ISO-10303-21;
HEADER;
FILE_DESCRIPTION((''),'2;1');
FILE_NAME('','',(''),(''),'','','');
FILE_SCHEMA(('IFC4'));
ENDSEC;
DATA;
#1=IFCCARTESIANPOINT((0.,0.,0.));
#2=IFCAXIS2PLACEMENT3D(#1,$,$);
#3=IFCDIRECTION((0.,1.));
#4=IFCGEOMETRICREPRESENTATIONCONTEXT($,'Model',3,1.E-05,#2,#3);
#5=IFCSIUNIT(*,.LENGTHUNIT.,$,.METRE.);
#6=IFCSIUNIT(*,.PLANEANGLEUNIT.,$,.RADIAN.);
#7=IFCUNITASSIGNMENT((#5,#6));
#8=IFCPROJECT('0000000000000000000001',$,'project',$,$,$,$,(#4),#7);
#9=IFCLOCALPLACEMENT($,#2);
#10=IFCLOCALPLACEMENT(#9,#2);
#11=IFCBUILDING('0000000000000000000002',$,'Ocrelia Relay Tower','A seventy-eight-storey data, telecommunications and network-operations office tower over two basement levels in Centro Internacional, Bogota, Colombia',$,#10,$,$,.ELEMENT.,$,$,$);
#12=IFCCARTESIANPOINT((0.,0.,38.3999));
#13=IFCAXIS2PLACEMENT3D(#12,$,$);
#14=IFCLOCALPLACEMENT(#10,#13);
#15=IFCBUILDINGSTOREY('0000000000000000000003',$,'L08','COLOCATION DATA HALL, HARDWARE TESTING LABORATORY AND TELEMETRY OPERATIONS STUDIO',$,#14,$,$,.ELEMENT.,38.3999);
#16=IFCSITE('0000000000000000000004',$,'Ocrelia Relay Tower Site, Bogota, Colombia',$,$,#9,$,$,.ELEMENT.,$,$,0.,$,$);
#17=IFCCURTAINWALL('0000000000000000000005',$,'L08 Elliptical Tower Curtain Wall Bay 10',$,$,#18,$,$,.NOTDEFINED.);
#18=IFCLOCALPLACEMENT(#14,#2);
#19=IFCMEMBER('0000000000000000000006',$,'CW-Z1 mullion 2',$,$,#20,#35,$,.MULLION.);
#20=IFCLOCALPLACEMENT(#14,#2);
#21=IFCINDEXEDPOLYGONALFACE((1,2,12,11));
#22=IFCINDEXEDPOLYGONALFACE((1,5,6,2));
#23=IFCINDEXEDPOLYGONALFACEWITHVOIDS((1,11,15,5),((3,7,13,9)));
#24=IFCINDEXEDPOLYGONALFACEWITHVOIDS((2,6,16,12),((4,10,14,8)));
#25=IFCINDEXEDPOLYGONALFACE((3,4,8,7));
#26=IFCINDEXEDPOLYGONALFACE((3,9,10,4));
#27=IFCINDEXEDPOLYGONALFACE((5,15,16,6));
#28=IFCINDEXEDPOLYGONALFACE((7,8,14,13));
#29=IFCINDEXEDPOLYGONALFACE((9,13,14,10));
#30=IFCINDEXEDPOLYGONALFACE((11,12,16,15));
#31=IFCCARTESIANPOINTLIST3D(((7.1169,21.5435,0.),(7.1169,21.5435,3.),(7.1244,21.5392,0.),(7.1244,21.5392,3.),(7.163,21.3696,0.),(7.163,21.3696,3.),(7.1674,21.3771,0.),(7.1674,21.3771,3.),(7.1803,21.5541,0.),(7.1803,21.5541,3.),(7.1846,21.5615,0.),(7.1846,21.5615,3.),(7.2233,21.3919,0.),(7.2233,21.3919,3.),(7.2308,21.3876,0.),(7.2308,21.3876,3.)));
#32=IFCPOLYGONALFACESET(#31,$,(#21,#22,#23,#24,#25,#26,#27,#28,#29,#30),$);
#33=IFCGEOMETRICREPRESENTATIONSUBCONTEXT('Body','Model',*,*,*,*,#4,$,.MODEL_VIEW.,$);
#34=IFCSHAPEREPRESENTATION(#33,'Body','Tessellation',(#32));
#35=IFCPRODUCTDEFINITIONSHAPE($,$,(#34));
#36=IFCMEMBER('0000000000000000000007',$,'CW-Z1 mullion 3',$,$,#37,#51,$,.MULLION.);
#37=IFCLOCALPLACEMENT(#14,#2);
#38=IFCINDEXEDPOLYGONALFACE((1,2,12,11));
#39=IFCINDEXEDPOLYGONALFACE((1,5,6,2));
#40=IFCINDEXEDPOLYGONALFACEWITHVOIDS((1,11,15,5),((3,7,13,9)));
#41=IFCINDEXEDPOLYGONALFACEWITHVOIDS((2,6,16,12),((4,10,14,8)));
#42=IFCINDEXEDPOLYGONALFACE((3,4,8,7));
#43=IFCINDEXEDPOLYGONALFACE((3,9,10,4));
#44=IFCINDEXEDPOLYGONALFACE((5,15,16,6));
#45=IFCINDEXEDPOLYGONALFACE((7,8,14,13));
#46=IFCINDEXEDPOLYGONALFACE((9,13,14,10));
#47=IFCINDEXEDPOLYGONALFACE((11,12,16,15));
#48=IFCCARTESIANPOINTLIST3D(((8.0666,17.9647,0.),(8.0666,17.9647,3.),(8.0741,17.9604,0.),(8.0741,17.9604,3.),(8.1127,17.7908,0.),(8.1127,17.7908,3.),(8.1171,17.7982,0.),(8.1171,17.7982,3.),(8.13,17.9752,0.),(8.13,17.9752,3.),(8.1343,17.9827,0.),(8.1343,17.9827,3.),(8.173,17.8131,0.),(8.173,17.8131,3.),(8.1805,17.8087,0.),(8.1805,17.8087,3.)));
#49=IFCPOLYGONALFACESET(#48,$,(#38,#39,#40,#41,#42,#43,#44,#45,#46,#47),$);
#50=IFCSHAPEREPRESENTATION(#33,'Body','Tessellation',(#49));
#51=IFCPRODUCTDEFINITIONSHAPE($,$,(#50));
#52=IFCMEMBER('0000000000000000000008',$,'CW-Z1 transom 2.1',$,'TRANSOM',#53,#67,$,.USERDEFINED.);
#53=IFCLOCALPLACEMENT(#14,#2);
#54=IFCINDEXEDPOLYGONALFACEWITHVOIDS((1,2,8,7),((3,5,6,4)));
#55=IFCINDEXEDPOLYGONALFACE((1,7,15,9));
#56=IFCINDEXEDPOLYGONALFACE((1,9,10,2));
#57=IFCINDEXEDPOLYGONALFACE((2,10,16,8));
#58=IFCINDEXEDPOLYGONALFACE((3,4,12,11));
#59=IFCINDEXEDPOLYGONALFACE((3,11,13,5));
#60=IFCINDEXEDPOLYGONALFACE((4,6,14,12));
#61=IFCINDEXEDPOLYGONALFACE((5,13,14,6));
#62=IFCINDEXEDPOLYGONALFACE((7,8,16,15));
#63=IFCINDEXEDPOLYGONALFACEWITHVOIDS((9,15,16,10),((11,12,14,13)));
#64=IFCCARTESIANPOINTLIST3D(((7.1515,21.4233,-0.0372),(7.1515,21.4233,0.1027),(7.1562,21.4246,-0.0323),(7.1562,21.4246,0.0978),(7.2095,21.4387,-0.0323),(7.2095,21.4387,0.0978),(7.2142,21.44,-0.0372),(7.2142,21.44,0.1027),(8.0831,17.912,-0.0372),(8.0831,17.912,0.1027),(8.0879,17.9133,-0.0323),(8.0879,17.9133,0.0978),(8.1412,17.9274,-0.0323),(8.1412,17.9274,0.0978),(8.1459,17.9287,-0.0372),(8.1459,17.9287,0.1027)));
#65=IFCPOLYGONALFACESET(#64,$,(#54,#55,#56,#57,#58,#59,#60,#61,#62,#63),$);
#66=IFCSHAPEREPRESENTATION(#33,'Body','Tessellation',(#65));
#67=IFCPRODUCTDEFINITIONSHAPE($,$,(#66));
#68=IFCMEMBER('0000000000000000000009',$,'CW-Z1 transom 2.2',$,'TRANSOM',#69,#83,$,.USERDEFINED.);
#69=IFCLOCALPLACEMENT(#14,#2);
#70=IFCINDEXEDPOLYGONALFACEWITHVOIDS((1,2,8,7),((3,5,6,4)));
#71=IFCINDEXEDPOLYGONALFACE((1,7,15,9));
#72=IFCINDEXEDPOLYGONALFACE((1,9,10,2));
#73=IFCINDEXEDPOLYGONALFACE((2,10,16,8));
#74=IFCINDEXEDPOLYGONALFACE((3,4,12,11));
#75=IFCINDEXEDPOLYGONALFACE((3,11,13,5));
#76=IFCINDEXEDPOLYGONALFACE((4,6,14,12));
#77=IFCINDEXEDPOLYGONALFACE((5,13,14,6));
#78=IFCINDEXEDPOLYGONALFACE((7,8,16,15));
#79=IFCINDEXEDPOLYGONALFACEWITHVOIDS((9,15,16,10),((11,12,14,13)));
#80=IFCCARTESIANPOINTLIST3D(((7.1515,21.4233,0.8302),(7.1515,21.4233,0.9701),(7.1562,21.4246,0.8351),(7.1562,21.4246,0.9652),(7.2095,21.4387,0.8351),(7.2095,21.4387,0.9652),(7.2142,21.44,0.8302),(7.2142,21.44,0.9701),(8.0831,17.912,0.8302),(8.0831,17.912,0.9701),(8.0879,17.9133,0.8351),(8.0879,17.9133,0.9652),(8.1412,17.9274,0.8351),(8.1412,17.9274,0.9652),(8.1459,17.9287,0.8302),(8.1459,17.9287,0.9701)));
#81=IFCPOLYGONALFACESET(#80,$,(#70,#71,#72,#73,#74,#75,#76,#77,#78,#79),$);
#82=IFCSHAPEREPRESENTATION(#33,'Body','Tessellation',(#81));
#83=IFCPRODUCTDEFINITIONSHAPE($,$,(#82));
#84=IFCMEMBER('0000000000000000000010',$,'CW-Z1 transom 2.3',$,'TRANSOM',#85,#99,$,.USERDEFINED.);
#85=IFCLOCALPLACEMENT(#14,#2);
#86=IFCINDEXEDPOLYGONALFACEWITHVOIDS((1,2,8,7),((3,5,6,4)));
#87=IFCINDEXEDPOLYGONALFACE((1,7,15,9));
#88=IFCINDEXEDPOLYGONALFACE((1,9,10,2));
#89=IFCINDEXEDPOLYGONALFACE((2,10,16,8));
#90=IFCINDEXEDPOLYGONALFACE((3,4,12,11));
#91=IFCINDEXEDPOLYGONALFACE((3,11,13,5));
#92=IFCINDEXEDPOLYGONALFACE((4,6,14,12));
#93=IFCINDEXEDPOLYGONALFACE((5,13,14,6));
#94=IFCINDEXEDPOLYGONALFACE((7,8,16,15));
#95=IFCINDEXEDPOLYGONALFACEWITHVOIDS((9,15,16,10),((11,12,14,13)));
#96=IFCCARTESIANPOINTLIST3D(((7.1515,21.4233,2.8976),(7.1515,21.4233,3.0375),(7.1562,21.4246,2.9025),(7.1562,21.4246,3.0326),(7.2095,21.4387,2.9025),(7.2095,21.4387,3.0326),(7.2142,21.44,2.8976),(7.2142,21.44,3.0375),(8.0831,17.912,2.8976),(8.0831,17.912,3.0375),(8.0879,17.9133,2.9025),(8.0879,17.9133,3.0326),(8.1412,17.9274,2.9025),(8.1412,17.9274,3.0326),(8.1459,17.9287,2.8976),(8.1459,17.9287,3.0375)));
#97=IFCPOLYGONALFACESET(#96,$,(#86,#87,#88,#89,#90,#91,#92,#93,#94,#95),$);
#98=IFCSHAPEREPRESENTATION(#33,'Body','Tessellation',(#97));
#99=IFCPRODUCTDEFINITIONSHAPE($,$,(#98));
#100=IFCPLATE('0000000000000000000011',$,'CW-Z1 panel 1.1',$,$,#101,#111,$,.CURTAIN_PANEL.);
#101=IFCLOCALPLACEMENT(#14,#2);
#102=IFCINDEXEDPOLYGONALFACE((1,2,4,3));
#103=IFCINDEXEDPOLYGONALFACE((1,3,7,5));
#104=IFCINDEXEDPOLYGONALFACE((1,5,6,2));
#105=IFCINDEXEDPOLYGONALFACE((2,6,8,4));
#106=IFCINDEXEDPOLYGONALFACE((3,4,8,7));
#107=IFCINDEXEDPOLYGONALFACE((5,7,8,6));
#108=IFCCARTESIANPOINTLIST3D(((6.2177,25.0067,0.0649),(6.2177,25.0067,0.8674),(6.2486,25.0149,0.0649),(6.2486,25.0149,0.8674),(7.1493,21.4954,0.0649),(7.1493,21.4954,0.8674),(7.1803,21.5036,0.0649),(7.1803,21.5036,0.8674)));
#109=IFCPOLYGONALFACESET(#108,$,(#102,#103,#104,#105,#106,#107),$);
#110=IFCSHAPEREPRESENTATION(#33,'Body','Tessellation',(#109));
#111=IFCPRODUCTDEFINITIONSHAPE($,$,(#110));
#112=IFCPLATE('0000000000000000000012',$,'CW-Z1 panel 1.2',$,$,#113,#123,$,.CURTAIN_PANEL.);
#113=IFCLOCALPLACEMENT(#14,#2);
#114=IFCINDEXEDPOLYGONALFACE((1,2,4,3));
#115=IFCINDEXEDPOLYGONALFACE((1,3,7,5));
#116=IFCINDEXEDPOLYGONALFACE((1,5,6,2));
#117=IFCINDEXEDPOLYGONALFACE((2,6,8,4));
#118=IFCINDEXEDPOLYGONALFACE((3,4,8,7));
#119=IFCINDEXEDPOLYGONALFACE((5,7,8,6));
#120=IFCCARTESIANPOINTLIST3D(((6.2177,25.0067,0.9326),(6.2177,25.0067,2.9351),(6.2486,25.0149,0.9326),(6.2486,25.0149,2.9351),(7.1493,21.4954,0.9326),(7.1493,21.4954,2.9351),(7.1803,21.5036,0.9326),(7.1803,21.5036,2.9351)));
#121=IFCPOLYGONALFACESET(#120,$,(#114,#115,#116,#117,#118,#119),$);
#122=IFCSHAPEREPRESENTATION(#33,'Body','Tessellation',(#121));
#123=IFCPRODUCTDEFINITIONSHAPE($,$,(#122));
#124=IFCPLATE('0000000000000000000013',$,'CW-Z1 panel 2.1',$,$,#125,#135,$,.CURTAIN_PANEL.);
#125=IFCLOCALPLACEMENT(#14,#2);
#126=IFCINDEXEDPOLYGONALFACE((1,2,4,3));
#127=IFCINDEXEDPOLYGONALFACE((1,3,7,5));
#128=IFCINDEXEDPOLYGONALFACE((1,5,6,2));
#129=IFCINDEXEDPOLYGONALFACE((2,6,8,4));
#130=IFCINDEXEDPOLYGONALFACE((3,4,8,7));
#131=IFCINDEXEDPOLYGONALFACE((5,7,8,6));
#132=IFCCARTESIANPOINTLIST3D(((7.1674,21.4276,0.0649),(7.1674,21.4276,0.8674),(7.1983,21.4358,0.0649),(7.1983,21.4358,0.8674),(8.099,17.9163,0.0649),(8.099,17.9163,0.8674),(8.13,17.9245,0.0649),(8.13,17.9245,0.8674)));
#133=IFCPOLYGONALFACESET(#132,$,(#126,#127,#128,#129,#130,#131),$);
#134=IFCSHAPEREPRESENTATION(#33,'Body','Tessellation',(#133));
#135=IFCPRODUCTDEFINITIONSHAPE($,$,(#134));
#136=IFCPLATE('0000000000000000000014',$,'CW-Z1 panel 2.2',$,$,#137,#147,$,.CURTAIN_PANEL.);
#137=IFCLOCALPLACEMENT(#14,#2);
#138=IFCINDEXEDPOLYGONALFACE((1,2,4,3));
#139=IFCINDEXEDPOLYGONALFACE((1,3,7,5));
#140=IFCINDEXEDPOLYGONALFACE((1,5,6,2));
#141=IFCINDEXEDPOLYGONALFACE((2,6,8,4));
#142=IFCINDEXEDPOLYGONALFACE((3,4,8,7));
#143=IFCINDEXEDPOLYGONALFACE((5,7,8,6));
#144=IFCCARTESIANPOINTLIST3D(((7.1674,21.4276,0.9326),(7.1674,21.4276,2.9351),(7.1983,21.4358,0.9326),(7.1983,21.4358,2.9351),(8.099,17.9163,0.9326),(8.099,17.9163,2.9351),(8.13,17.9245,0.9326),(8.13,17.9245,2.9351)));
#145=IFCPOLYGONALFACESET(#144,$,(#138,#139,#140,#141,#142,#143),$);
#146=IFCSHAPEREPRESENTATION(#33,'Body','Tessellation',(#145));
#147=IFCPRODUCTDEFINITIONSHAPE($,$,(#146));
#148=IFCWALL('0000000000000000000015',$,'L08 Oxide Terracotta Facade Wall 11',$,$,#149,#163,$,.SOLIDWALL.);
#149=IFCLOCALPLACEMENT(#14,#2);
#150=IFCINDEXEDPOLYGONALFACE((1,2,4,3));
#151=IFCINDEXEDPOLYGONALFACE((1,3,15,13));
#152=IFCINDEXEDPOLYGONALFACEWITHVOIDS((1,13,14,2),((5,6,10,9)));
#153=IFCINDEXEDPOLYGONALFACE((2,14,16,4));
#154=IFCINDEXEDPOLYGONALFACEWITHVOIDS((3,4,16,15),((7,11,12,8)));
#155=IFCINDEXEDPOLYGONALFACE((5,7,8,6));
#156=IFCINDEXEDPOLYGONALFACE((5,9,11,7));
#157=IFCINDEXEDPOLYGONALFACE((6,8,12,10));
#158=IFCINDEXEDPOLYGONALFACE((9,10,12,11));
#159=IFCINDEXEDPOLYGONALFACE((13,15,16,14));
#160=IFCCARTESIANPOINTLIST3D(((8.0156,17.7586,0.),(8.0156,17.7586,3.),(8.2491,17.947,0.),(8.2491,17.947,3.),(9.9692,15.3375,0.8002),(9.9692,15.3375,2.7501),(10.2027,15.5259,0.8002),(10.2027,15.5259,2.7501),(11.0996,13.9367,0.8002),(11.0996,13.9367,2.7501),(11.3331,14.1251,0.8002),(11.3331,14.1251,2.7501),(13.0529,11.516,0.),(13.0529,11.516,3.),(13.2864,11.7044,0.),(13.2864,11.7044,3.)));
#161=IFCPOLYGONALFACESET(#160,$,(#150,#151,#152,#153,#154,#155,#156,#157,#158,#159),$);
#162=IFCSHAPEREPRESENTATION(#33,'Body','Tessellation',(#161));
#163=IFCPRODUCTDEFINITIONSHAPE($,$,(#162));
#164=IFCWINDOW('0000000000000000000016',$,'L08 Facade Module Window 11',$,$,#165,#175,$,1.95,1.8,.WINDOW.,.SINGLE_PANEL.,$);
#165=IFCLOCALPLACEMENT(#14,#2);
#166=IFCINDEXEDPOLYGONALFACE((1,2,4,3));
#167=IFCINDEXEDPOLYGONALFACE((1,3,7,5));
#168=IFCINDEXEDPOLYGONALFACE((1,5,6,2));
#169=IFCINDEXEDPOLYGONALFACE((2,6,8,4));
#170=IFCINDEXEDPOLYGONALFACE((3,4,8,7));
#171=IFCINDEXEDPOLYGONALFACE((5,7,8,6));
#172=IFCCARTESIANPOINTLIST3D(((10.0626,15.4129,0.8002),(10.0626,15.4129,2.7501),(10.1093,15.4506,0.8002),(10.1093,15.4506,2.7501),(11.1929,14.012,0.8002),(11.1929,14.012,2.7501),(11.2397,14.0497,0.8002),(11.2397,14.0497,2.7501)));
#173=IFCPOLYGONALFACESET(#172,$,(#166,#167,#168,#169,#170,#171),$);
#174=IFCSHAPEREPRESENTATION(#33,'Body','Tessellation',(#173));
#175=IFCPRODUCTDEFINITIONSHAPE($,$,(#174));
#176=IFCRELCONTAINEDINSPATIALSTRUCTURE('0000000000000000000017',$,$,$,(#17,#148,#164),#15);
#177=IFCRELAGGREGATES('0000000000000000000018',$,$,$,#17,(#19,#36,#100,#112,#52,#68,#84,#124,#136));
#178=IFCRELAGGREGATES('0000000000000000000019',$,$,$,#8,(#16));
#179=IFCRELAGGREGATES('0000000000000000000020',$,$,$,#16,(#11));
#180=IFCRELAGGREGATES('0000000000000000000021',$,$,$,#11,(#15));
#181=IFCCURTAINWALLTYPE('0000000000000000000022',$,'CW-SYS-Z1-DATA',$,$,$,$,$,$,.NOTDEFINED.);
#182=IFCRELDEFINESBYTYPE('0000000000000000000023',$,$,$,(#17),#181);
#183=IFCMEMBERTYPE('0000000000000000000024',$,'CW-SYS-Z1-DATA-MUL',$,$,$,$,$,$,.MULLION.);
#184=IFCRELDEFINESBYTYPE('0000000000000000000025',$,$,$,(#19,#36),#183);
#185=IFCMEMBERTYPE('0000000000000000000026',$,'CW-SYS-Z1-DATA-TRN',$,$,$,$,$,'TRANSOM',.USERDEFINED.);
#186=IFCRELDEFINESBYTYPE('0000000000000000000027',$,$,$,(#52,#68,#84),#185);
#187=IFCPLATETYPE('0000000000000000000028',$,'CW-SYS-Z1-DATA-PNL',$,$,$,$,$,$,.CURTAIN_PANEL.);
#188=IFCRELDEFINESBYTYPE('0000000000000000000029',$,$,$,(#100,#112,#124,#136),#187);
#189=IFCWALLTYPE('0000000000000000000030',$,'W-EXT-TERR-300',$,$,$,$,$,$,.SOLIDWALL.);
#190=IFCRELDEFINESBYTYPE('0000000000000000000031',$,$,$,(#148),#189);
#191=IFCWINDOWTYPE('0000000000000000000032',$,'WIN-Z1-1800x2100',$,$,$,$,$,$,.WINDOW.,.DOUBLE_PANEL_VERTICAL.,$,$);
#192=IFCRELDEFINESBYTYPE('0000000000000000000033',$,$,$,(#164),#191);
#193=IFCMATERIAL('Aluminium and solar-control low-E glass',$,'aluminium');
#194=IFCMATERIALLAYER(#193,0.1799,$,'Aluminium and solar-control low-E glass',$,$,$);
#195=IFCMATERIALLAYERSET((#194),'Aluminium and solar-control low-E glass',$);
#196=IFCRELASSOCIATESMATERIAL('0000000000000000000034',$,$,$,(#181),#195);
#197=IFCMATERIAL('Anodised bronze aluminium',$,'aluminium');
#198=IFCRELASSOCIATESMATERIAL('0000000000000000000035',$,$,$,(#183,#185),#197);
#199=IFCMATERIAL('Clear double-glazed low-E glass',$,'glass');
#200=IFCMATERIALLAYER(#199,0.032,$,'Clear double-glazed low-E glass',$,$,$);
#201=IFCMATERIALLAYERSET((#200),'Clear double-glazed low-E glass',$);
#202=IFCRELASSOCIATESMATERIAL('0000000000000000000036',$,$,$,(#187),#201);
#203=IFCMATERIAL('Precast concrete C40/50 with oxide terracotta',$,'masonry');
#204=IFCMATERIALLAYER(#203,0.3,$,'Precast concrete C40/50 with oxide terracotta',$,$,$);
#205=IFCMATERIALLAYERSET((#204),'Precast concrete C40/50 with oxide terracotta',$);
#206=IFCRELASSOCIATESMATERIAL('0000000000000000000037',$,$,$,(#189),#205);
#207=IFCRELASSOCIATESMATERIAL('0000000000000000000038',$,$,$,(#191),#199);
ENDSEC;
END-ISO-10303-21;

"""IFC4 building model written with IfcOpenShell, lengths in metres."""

from ifc_helpers import new_model, si_unit, direction, frame, frame_2d, origin, origin_2d, place, context, subcontext, project, spatial, rectangle, hollow_rectangle, extrude, material, layer, layer_set, material_profile, profile_set, type_object, element, fill, aggregate, save


model = new_model("IFC4")

# Units and contexts
model_context = context("Model", 3, precision=1e-05, world=origin(), true_north=direction((0.0, 1.0)))
body_context = subcontext(model_context, "Body", "Model", "MODEL_VIEW")
ifc_project = project(units=[si_unit("LENGTHUNIT", "METRE"), si_unit("PLANEANGLEUNIT", "RADIAN")], contexts=[model_context])

# Site, building, storey
site_placement = place(None, origin())
site = spatial("IfcSite", under=ifc_project, at=site_placement, Name="Ocrelia Relay Tower Site, Bogota, Colombia", CompositionType="ELEMENT", RefElevation=0.0)
building_placement = place(site_placement, origin())
building = spatial("IfcBuilding", under=site, at=building_placement, Name="Ocrelia Relay Tower", Description="A seventy-eight-storey data, telecommunications and network-operations office tower over two basement levels in Centro Internacional, Bogota, Colombia", CompositionType="ELEMENT")
storey_placement = place(building_placement, frame((0.0, 0.0, 38.3999)))
storey = spatial("IfcBuildingStorey", under=building, at=storey_placement, Name="L08", Description="COLOCATION DATA HALL, HARDWARE TESTING LABORATORY AND TELEMETRY OPERATIONS STUDIO", CompositionType="ELEMENT", Elevation=38.3999)

# Curtain wall, members, plates
ifc_material_1 = material(Name="Aluminium and solar-control low-E glass", Category="aluminium")
ifc_layer_1 = layer(ifc_material_1, 0.1799, Name="Aluminium and solar-control low-E glass")
ifc_layer_set_1 = layer_set([ifc_layer_1], Name="Aluminium and solar-control low-E glass")
curtain_wall_type = type_object("IfcCurtainWallType", Name="CW-SYS-Z1-DATA", PredefinedType="NOTDEFINED", material=ifc_layer_set_1)
curtain_wall_placement = place(storey_placement, origin())
curtain_wall = element("IfcCurtainWall", 1, at=curtain_wall_placement, inside=storey, type_object=curtain_wall_type, Name="L08 Elliptical Tower Curtain Wall Bay 10", PredefinedType="NOTDEFINED")
ifc_material_2 = material(Name="Anodised bronze aluminium", Category="aluminium")
ifc_material_profile_1 = material_profile(ifc_material_2, hollow_rectangle(XDim=0.0701, YDim=0.1799, WallThickness=0.0061, at=origin_2d()), Name="CW-MUL-180x70")
ifc_profile_set_1 = profile_set([ifc_material_profile_1], Name="Anodised bronze aluminium")
member_type_1 = type_object("IfcMemberType", Name="CW-SYS-Z1-DATA-MUL", PredefinedType="MULLION", material=ifc_profile_set_1)
member_1_placement = place(storey_placement, frame((7.1738, 21.4656, 0.0), z_axis=(0.0, 0.0, 1.0), x_axis=(0.966557, 0.256451, 0.0)))
member_1 = element("IfcMember", 2, at=member_1_placement, type_object=member_type_1, Name="CW-Z1 mullion 2", PredefinedType="MULLION", context=body_context, shape_type="SweptSolid", body=[
    extrude(hollow_rectangle(XDim=0.0701, YDim=0.1799, WallThickness=0.0061, at=origin_2d()), origin(), (0.0, 0.0, 1.0), 3.0),
])
member_2_placement = place(storey_placement, frame((8.1235, 17.8867, 0.0), z_axis=(0.0, 0.0, 1.0), x_axis=(0.966557, 0.256451, 0.0)))
member_2 = element("IfcMember", 3, at=member_2_placement, type_object=member_type_1, Name="CW-Z1 mullion 3", PredefinedType="MULLION", context=body_context, shape_type="SweptSolid", body=[
    extrude(hollow_rectangle(XDim=0.0701, YDim=0.1799, WallThickness=0.0061, at=origin_2d()), origin(), (0.0, 0.0, 1.0), 3.0),
])
ifc_material_profile_2 = material_profile(ifc_material_2, hollow_rectangle(XDim=0.0649, YDim=0.1399, WallThickness=0.0049, at=origin_2d()), Name="CW-TRN-140x65")
ifc_profile_set_2 = profile_set([ifc_material_profile_2], Name="Anodised bronze aluminium")
member_type_2 = type_object("IfcMemberType", Name="CW-SYS-Z1-DATA-TRN", ElementType="TRANSOM", PredefinedType="USERDEFINED", material=ifc_profile_set_2)
member_3_placement = place(storey_placement, frame((7.1829, 21.4316, 0.0327), z_axis=(0.256458, -0.966555, 0.0), x_axis=(0.966555, 0.256458, 0.0)))
member_3 = element("IfcMember", 4, at=member_3_placement, type_object=member_type_2, Name="CW-Z1 transom 2.1", ObjectType="TRANSOM", PredefinedType="USERDEFINED", context=body_context, shape_type="SweptSolid", body=[
    extrude(hollow_rectangle(XDim=0.0649, YDim=0.1399, WallThickness=0.0049, at=origin_2d()), origin(), (0.0, 0.0, 1.0), 3.6328),
])
member_4_placement = place(storey_placement, frame((7.1829, 21.4316, 0.9001), z_axis=(0.256458, -0.966555, 0.0), x_axis=(0.966555, 0.256458, 0.0)))
member_4 = element("IfcMember", 5, at=member_4_placement, type_object=member_type_2, Name="CW-Z1 transom 2.2", ObjectType="TRANSOM", PredefinedType="USERDEFINED", context=body_context, shape_type="SweptSolid", body=[
    extrude(hollow_rectangle(XDim=0.0649, YDim=0.1399, WallThickness=0.0049, at=origin_2d()), origin(), (0.0, 0.0, 1.0), 3.6328),
])
member_5_placement = place(storey_placement, frame((7.1829, 21.4316, 2.9675), z_axis=(0.256458, -0.966555, 0.0), x_axis=(0.966555, 0.256458, 0.0)))
member_5 = element("IfcMember", 6, at=member_5_placement, type_object=member_type_2, Name="CW-Z1 transom 2.3", ObjectType="TRANSOM", PredefinedType="USERDEFINED", context=body_context, shape_type="SweptSolid", body=[
    extrude(hollow_rectangle(XDim=0.0649, YDim=0.1399, WallThickness=0.0049, at=origin_2d()), origin(), (0.0, 0.0, 1.0), 3.6328),
])
ifc_material_3 = material(Name="Clear double-glazed low-E glass", Category="glass")
ifc_layer_2 = layer(ifc_material_3, 0.032, Name="Clear double-glazed low-E glass")
ifc_layer_set_2 = layer_set([ifc_layer_2], Name="Clear double-glazed low-E glass")
plate_type = type_object("IfcPlateType", Name="CW-SYS-Z1-DATA-PNL", PredefinedType="CURTAIN_PANEL", material=ifc_layer_set_2)
plate_1_placement = place(storey_placement, frame((6.699, 23.2551, 0.0649), z_axis=(0.0, 0.0, 1.0), x_axis=(0.256451, -0.966557, 0.0)))
plate_1 = element("IfcPlate", 7, at=plate_1_placement, type_object=plate_type, Name="CW-Z1 panel 1.1", PredefinedType="CURTAIN_PANEL", context=body_context, shape_type="SweptSolid", body=[
    extrude(rectangle(XDim=3.6328, YDim=0.032, at=origin_2d()), origin(), (0.0, 0.0, 1.0), 0.8025),
])
plate_2_placement = place(storey_placement, frame((6.699, 23.2551, 0.9326), z_axis=(0.0, 0.0, 1.0), x_axis=(0.256451, -0.966557, 0.0)))
plate_2 = element("IfcPlate", 8, at=plate_2_placement, type_object=plate_type, Name="CW-Z1 panel 1.2", PredefinedType="CURTAIN_PANEL", context=body_context, shape_type="SweptSolid", body=[
    extrude(rectangle(XDim=3.6328, YDim=0.032, at=origin_2d()), origin(), (0.0, 0.0, 1.0), 2.0024),
])
plate_3_placement = place(storey_placement, frame((7.6487, 19.676, 0.0649), z_axis=(0.0, 0.0, 1.0), x_axis=(0.256451, -0.966557, 0.0)))
plate_3 = element("IfcPlate", 9, at=plate_3_placement, type_object=plate_type, Name="CW-Z1 panel 2.1", PredefinedType="CURTAIN_PANEL", context=body_context, shape_type="SweptSolid", body=[
    extrude(rectangle(XDim=3.6328, YDim=0.032, at=origin_2d()), origin(), (0.0, 0.0, 1.0), 0.8025),
])
plate_4_placement = place(storey_placement, frame((7.6487, 19.676, 0.9326), z_axis=(0.0, 0.0, 1.0), x_axis=(0.256451, -0.966557, 0.0)))
plate_4 = element("IfcPlate", 10, at=plate_4_placement, type_object=plate_type, Name="CW-Z1 panel 2.2", PredefinedType="CURTAIN_PANEL", context=body_context, shape_type="SweptSolid", body=[
    extrude(rectangle(XDim=3.6328, YDim=0.032, at=origin_2d()), origin(), (0.0, 0.0, 1.0), 2.0024),
])
aggregate(curtain_wall, [member_1, member_2, plate_1, plate_2, member_3, member_4, member_5, plate_3, plate_4])

# Wall, opening, window
ifc_material_4 = material(Name="Precast concrete C40/50 with oxide terracotta", Category="masonry")
ifc_layer_3 = layer(ifc_material_4, 0.3, Name="Precast concrete C40/50 with oxide terracotta")
ifc_layer_set_3 = layer_set([ifc_layer_3], Name="Precast concrete C40/50 with oxide terracotta")
wall_type = type_object("IfcWallType", Name="W-EXT-TERR-300", PredefinedType="SOLIDWALL", material=ifc_layer_set_3)
wall_1_placement = place(storey_placement, frame((8.1323, 17.8528, 0.0), z_axis=(0.0, 0.0, 1.0), x_axis=(0.627974, -0.778234, 0.0)))
wall_1 = element("IfcWall", 11, at=wall_1_placement, inside=storey, type_object=wall_type, Name="L08 Oxide Terracotta Facade Wall 11", PredefinedType="SOLIDWALL", context=body_context, shape_type="SweptSolid", body=[
    extrude(rectangle(XDim=8.0215, YDim=0.3, at=frame_2d((4.0107, 0.0))), origin(), (0.0, 0.0, 1.0), 3.0),
])
opening_1_placement = place(wall_1_placement, frame((3.1111, 0.0, 0.8)))
opening_1 = element("IfcOpeningElement", 12, at=opening_1_placement, cuts=wall_1, PredefinedType="OPENING", context=body_context, shape_type="SweptSolid", body=[
    extrude(rectangle(XDim=1.8, YDim=1.95, at=frame_2d((0.8999, 0.9751))), frame((0.0, 0.1602, 0.0), z_axis=(0.0, -1.0, 0.0), x_axis=(1.0, 0.0, 0.0)), (0.0, 0.0, 1.0), 0.3201),
])
window_type = type_object("IfcWindowType", Name="WIN-Z1-1800x2100", PartitioningType="DOUBLE_PANEL_VERTICAL", PredefinedType="WINDOW", material=ifc_material_3)
window_1_placement = place(opening_1_placement, origin())
window_1 = element("IfcWindow", 13, at=window_1_placement, inside=storey, type_object=window_type, Name="L08 Facade Module Window 11", OverallHeight=1.95, OverallWidth=1.8, PartitioningType="SINGLE_PANEL", PredefinedType="WINDOW", context=body_context, shape_type="SweptSolid", body=[
    extrude(rectangle(XDim=1.8, YDim=1.95, at=frame_2d((0.8999, 0.9751))), frame((0.0, 0.03, 0.0), z_axis=(0.0, -1.0, 0.0), x_axis=(1.0, 0.0, 0.0)), (0.0, 0.0, 1.0), 0.0601),
])
fill(opening_1, window_1)

save(model, "model.ifc")
